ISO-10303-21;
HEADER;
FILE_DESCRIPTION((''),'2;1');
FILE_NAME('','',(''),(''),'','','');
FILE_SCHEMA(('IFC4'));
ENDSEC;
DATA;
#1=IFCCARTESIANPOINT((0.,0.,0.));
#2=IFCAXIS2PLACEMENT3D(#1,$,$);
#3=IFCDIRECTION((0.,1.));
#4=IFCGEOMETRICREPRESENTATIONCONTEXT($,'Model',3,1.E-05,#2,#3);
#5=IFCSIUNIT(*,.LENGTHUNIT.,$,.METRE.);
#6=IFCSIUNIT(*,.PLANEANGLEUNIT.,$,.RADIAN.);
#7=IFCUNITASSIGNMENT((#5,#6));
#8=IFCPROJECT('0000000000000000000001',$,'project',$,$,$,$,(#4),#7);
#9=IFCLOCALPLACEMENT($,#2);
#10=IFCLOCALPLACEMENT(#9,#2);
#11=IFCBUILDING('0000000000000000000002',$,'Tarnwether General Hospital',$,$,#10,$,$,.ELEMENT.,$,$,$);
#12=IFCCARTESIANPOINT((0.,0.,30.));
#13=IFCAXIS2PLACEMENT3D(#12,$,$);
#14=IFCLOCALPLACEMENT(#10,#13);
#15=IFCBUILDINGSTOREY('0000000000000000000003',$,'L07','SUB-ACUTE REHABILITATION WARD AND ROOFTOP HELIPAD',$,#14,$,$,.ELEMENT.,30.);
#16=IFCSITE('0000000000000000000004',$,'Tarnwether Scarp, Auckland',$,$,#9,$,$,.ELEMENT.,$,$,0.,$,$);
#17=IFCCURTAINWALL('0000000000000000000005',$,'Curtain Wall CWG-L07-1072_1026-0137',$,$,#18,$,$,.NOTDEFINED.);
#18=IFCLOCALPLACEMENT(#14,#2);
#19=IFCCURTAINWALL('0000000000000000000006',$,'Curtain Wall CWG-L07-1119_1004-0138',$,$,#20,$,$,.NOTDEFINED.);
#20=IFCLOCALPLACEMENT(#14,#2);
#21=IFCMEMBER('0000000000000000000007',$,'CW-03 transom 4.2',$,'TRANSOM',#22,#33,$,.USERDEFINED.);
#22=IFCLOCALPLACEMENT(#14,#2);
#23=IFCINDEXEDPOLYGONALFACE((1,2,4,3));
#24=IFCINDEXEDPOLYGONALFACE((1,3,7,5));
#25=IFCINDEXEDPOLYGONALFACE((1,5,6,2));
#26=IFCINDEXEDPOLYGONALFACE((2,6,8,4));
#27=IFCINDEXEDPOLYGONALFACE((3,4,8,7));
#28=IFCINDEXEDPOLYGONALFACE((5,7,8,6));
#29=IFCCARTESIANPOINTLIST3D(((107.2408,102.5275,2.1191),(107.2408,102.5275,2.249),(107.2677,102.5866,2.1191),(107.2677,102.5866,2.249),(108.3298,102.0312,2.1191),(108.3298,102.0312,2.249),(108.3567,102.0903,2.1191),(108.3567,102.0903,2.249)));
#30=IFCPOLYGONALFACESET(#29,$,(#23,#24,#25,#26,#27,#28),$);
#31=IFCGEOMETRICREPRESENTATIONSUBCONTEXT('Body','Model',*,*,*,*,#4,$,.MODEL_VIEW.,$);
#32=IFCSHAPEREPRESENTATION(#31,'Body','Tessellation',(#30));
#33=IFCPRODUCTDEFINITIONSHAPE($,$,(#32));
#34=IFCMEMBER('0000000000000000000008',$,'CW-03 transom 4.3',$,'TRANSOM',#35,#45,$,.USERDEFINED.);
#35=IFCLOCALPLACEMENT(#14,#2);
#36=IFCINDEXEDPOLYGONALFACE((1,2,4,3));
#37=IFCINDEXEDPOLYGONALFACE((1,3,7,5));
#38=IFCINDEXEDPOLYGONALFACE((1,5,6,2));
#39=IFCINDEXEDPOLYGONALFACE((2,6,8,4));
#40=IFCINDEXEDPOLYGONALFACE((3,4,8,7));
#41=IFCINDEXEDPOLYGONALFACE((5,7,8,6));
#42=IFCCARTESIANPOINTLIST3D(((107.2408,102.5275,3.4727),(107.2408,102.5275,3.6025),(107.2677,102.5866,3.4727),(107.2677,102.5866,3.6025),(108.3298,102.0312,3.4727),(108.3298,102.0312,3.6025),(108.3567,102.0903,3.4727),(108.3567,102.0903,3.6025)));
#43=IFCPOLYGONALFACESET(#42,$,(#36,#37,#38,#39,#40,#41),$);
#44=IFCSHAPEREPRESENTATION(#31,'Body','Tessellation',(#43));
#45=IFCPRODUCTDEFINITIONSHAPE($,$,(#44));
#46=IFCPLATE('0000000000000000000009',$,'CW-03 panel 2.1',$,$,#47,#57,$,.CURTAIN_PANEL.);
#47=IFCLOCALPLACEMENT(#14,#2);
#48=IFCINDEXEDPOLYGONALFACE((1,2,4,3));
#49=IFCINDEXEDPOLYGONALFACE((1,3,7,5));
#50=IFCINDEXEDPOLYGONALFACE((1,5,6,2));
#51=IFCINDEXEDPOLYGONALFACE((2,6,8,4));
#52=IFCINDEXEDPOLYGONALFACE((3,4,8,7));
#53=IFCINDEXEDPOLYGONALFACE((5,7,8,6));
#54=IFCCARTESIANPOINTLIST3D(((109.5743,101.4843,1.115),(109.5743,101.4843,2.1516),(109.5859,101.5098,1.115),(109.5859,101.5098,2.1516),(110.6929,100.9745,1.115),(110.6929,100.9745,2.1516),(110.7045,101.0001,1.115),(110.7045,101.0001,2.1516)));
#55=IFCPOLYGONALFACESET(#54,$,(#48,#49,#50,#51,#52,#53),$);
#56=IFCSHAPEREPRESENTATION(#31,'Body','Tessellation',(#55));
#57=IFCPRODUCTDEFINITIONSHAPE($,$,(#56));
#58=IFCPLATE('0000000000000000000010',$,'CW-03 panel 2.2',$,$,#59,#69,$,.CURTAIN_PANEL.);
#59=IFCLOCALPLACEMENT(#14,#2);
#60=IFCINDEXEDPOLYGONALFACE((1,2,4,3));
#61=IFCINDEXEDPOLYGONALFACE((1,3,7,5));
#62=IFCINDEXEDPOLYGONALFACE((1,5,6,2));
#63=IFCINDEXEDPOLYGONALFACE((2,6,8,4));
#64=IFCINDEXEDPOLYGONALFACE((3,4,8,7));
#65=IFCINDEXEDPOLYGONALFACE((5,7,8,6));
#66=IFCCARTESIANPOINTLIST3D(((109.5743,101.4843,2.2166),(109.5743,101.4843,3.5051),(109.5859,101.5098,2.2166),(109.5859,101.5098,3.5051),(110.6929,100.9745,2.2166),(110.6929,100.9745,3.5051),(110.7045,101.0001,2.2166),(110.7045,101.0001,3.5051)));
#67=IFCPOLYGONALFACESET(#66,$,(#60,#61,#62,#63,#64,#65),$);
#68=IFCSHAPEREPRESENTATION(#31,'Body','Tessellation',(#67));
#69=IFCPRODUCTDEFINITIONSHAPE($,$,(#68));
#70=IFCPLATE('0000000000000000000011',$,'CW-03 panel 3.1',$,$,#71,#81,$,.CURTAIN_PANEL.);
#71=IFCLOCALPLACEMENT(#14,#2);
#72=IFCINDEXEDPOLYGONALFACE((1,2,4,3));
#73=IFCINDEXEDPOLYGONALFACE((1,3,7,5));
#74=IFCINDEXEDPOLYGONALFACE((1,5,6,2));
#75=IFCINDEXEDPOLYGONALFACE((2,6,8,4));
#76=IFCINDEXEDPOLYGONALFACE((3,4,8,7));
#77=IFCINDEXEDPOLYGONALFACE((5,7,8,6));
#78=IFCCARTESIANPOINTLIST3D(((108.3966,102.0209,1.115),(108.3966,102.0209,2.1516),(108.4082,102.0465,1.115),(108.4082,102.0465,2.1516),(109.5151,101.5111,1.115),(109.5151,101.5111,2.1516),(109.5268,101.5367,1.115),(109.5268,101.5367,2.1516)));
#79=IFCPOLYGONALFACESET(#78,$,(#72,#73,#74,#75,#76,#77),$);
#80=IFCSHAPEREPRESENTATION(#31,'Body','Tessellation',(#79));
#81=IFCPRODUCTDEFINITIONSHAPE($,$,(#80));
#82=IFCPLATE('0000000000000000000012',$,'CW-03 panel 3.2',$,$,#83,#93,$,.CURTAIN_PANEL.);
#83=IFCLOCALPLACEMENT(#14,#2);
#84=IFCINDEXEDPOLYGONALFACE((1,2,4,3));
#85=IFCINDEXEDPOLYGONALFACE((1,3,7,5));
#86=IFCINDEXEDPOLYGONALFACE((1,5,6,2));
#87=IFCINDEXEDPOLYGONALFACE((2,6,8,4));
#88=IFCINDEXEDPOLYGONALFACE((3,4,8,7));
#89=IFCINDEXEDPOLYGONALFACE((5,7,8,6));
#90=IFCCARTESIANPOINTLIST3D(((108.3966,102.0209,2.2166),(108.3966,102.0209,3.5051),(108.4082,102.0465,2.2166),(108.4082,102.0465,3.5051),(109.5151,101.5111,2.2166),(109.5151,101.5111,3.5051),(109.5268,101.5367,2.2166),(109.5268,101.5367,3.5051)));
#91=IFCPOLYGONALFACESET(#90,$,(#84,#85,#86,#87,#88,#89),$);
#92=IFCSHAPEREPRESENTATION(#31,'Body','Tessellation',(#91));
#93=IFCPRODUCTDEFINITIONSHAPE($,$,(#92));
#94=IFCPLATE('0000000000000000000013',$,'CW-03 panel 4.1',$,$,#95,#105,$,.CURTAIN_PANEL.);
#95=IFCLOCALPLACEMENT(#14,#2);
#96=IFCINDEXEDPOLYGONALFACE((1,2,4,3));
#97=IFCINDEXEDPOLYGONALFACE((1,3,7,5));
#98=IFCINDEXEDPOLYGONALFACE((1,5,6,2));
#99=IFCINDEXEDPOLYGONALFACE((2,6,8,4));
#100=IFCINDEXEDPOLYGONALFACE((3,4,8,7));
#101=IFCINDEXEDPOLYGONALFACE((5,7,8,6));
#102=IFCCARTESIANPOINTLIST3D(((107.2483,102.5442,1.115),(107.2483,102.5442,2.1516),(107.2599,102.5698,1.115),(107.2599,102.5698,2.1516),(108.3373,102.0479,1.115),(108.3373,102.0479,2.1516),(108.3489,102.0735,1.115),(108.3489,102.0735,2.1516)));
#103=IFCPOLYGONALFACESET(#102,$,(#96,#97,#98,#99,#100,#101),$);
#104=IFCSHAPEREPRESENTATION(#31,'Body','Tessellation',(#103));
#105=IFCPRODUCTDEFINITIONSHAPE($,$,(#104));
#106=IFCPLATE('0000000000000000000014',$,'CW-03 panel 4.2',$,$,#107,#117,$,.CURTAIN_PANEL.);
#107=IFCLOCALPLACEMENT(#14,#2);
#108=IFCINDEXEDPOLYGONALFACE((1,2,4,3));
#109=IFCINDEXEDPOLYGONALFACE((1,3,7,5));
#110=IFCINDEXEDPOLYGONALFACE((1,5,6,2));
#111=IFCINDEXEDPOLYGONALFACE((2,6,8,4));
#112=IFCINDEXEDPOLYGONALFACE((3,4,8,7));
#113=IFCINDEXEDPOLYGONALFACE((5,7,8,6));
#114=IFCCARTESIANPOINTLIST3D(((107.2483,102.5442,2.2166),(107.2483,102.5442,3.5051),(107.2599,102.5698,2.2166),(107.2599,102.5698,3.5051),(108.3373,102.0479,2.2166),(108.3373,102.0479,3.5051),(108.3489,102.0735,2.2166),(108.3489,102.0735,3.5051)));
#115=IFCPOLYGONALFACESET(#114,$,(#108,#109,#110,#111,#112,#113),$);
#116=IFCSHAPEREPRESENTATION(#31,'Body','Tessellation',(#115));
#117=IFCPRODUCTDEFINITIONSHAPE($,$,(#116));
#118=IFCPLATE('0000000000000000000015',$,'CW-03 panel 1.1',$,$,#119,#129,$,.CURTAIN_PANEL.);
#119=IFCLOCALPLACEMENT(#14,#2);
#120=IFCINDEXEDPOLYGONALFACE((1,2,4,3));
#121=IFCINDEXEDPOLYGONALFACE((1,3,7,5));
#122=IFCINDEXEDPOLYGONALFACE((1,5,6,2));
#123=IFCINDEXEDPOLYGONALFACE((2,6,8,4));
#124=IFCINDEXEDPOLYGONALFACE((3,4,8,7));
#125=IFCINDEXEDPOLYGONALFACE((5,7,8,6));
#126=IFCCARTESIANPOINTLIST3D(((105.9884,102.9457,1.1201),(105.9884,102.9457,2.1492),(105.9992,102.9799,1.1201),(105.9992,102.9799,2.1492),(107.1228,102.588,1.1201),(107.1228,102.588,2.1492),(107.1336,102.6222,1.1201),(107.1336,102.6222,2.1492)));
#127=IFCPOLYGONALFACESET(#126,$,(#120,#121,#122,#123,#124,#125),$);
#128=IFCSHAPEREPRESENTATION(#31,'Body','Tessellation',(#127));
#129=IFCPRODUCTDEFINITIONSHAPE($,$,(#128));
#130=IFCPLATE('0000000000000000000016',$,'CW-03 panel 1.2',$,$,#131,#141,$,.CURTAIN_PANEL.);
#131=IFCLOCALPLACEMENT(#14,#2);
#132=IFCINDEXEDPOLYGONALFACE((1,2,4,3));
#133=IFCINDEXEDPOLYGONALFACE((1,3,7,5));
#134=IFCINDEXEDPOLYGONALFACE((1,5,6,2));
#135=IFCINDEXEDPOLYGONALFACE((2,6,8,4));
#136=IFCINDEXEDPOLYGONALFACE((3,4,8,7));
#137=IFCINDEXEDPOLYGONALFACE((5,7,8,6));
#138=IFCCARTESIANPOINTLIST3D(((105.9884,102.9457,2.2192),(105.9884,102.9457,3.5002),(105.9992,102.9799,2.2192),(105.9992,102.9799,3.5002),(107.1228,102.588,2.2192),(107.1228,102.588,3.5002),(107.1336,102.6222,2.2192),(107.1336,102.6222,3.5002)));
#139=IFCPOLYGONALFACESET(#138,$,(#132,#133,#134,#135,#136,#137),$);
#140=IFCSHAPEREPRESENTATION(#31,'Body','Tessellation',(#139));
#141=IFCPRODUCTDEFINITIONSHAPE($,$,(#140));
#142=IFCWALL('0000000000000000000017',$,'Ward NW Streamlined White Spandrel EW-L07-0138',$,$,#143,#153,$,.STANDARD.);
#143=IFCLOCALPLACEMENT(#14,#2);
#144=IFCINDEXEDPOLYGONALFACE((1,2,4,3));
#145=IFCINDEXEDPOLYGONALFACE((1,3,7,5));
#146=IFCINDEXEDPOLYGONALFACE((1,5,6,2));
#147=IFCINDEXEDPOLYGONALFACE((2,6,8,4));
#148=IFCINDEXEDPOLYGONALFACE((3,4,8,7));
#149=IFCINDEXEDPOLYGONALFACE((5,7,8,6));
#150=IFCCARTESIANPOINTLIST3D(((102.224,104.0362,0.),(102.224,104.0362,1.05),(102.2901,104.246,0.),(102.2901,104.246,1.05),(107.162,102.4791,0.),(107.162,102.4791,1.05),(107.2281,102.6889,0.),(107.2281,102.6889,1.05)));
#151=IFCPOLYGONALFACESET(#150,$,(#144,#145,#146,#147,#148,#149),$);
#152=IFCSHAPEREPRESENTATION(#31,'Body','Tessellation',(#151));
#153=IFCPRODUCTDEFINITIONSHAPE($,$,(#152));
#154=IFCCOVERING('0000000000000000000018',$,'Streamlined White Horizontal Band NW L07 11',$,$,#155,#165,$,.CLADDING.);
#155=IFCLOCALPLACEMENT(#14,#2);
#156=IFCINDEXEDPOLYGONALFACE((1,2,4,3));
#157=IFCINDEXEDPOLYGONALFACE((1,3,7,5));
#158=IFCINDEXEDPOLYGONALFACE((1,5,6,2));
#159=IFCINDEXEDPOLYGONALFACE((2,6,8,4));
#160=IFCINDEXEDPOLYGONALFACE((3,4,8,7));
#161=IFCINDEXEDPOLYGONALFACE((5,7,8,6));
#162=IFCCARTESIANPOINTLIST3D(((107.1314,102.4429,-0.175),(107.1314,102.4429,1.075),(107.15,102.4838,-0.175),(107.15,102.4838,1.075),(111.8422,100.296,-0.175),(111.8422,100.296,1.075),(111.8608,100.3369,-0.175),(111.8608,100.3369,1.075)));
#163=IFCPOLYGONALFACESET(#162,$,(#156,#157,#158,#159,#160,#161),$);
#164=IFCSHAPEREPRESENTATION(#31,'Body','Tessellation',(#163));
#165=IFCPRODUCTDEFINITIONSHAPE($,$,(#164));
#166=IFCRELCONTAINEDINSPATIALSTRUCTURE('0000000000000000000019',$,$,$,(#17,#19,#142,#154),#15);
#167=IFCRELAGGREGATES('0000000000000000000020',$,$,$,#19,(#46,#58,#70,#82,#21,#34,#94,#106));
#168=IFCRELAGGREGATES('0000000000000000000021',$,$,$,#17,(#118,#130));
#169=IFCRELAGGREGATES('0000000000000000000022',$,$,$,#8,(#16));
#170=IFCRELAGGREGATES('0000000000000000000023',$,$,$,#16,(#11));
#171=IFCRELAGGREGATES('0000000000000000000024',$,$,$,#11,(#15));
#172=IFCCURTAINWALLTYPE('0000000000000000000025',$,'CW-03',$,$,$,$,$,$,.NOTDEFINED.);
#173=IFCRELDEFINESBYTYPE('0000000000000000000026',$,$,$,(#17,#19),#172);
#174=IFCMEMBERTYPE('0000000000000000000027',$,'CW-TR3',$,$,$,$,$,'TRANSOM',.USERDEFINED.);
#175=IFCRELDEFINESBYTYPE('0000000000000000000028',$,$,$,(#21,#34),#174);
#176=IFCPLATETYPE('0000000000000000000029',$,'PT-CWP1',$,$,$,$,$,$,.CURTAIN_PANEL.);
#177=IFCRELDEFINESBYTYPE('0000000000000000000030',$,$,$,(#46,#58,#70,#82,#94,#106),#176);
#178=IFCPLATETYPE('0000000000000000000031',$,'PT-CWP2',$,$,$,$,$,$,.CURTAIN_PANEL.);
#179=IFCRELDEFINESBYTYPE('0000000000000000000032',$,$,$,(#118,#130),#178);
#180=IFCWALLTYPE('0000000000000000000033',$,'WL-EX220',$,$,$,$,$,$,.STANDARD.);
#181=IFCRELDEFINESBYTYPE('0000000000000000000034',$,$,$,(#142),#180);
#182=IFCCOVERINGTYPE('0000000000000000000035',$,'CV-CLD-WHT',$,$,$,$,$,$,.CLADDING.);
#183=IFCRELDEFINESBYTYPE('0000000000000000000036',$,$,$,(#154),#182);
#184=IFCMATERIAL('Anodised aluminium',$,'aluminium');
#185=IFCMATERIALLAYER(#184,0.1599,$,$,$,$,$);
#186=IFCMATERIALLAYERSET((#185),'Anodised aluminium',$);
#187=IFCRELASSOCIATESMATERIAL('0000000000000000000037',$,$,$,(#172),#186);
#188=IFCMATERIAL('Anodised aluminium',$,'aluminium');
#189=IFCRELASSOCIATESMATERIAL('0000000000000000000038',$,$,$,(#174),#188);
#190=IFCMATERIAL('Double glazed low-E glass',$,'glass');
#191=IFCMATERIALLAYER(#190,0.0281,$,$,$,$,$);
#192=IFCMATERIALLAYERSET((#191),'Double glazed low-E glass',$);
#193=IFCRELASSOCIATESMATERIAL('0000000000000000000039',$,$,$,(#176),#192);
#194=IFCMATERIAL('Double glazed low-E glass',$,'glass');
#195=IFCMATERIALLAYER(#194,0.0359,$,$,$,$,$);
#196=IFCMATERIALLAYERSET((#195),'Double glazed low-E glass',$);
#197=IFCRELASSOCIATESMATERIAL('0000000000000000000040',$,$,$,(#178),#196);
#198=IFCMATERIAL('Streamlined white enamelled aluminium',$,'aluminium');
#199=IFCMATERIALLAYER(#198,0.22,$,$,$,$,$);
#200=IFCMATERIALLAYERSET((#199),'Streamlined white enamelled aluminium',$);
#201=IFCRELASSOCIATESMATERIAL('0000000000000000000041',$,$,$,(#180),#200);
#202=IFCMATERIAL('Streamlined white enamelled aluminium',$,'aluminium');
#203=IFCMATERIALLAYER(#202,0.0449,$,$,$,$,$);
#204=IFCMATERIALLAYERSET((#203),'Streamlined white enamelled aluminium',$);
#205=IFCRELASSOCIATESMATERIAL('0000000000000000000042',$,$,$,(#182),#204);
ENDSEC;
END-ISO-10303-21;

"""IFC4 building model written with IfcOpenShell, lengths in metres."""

from ifc_helpers import new_model, si_unit, direction, frame, frame_2d, origin, origin_2d, place, context, subcontext, project, spatial, rectangle, extrude, material, layer, layer_set, material_profile, profile_set, type_object, element, aggregate, save


model = new_model("IFC4")

# Units and contexts
model_context = context("Model", 3, precision=1e-05, world=origin(), true_north=direction((0.0, 1.0)))
body_context = subcontext(model_context, "Body", "Model", "MODEL_VIEW")
ifc_project = project(units=[si_unit("LENGTHUNIT", "METRE"), si_unit("PLANEANGLEUNIT", "RADIAN")], contexts=[model_context])

# Site, building, storey
site_placement = place(None, origin())
site = spatial("IfcSite", under=ifc_project, at=site_placement, Name="Tarnwether Scarp, Auckland", CompositionType="ELEMENT", RefElevation=0.0)
building_placement = place(site_placement, origin())
building = spatial("IfcBuilding", under=site, at=building_placement, Name="Tarnwether General Hospital", CompositionType="ELEMENT")
storey_placement = place(building_placement, frame((0.0, 0.0, 30.0)))
storey = spatial("IfcBuildingStorey", under=building, at=storey_placement, Name="L07", Description="SUB-ACUTE REHABILITATION WARD AND ROOFTOP HELIPAD", CompositionType="ELEMENT", Elevation=30.0)

# Curtain wall
ifc_material_1 = material(Name="Anodised aluminium", Category="aluminium")
ifc_layer_1 = layer(ifc_material_1, 0.1599)
ifc_layer_set_1 = layer_set([ifc_layer_1], Name="Anodised aluminium")
curtain_wall_type = type_object("IfcCurtainWallType", Name="CW-03", PredefinedType="NOTDEFINED", material=ifc_layer_set_1)
curtain_wall_1_placement = place(storey_placement, origin())
curtain_wall_1 = element("IfcCurtainWall", 1, at=curtain_wall_1_placement, inside=storey, type_object=curtain_wall_type, Name="Curtain Wall CWG-L07-1072_1026-0137", PredefinedType="NOTDEFINED")

# Curtain wall
curtain_wall_2_placement = place(storey_placement, origin())
curtain_wall_2 = element("IfcCurtainWall", 2, at=curtain_wall_2_placement, inside=storey, type_object=curtain_wall_type, Name="Curtain Wall CWG-L07-1119_1004-0138", PredefinedType="NOTDEFINED")

# Members
ifc_material_2 = material(Name="Anodised aluminium", Category="aluminium")
ifc_material_profile_1 = material_profile(ifc_material_2, rectangle(XDim=0.0649, YDim=0.1299, at=origin_2d()), Name="ALU-TRN-65x130")
ifc_profile_set_1 = profile_set([ifc_material_profile_1], Name="Anodised aluminium")
member_type_1 = type_object("IfcMemberType", Name="CW-TR3", ElementType="TRANSOM", PredefinedType="USERDEFINED", material=ifc_profile_set_1)
member_1_placement = place(storey_placement, frame((108.3433, 102.0608, 2.1841), z_axis=(-0.909961, 0.414694, 0.0), x_axis=(-0.414694, -0.909961, 0.0)))
member_1 = element("IfcMember", 3, at=member_1_placement, type_object=member_type_1, Name="CW-03 transom 4.2", ObjectType="TRANSOM", PredefinedType="USERDEFINED", context=body_context, shape_type="SweptSolid", body=[
    extrude(rectangle(XDim=0.0649, YDim=0.1299, at=origin_2d()), origin(), (0.0, 0.0, 1.0), 1.1968),
])
member_2_placement = place(storey_placement, frame((108.3433, 102.0608, 3.5376), z_axis=(-0.909961, 0.414694, 0.0), x_axis=(-0.414694, -0.909961, 0.0)))
member_2 = element("IfcMember", 4, at=member_2_placement, type_object=member_type_1, Name="CW-03 transom 4.3", ObjectType="TRANSOM", PredefinedType="USERDEFINED", context=body_context, shape_type="SweptSolid", body=[
    extrude(rectangle(XDim=0.0649, YDim=0.1299, at=origin_2d()), origin(), (0.0, 0.0, 1.0), 1.1968),
])

# Plates
ifc_material_3 = material(Name="Double glazed low-E glass", Category="glass")
ifc_layer_2 = layer(ifc_material_3, 0.0281)
ifc_layer_set_2 = layer_set([ifc_layer_2], Name="Double glazed low-E glass")
plate_type_1 = type_object("IfcPlateType", Name="PT-CWP1", PredefinedType="CURTAIN_PANEL", material=ifc_layer_set_2)
plate_1_placement = place(storey_placement, frame((110.1394, 101.2422, 1.115), z_axis=(0.0, 0.0, 1.0), x_axis=(-0.909956, 0.414705, 0.0)))
plate_1 = element("IfcPlate", 5, at=plate_1_placement, type_object=plate_type_1, Name="CW-03 panel 2.1", PredefinedType="CURTAIN_PANEL", context=body_context, shape_type="SweptSolid", body=[
    extrude(rectangle(XDim=1.2292, YDim=0.0281, at=origin_2d()), origin(), (0.0, 0.0, 1.0), 1.0366),
])
plate_2_placement = place(storey_placement, frame((110.1394, 101.2422, 2.2166), z_axis=(0.0, 0.0, 1.0), x_axis=(-0.909956, 0.414705, 0.0)))
plate_2 = element("IfcPlate", 6, at=plate_2_placement, type_object=plate_type_1, Name="CW-03 panel 2.2", PredefinedType="CURTAIN_PANEL", context=body_context, shape_type="SweptSolid", body=[
    extrude(rectangle(XDim=1.2292, YDim=0.0281, at=origin_2d()), origin(), (0.0, 0.0, 1.0), 1.2886),
])
plate_3_placement = place(storey_placement, frame((108.9617, 101.7788, 1.115), z_axis=(0.0, 0.0, 1.0), x_axis=(-0.909956, 0.414705, 0.0)))
plate_3 = element("IfcPlate", 7, at=plate_3_placement, type_object=plate_type_1, Name="CW-03 panel 3.1", PredefinedType="CURTAIN_PANEL", context=body_context, shape_type="SweptSolid", body=[
    extrude(rectangle(XDim=1.2292, YDim=0.0281, at=origin_2d()), origin(), (0.0, 0.0, 1.0), 1.0366),
])
plate_4_placement = place(storey_placement, frame((108.9617, 101.7788, 2.2166), z_axis=(0.0, 0.0, 1.0), x_axis=(-0.909956, 0.414705, 0.0)))
plate_4 = element("IfcPlate", 8, at=plate_4_placement, type_object=plate_type_1, Name="CW-03 panel 3.2", PredefinedType="CURTAIN_PANEL", context=body_context, shape_type="SweptSolid", body=[
    extrude(rectangle(XDim=1.2292, YDim=0.0281, at=origin_2d()), origin(), (0.0, 0.0, 1.0), 1.2886),
])
plate_5_placement = place(storey_placement, frame((107.7986, 102.3088, 1.115), z_axis=(0.0, 0.0, 1.0), x_axis=(-0.909956, 0.414705, 0.0)))
plate_5 = element("IfcPlate", 9, at=plate_5_placement, type_object=plate_type_1, Name="CW-03 panel 4.1", PredefinedType="CURTAIN_PANEL", context=body_context, shape_type="SweptSolid", body=[
    extrude(rectangle(XDim=1.1968, YDim=0.0281, at=origin_2d()), origin(), (0.0, 0.0, 1.0), 1.0366),
])
plate_6_placement = place(storey_placement, frame((107.7986, 102.3088, 2.2166), z_axis=(0.0, 0.0, 1.0), x_axis=(-0.909956, 0.414705, 0.0)))
plate_6 = element("IfcPlate", 10, at=plate_6_placement, type_object=plate_type_1, Name="CW-03 panel 4.2", PredefinedType="CURTAIN_PANEL", context=body_context, shape_type="SweptSolid", body=[
    extrude(rectangle(XDim=1.1968, YDim=0.0281, at=origin_2d()), origin(), (0.0, 0.0, 1.0), 1.2886),
])
aggregate(curtain_wall_2, [plate_1, plate_2, plate_3, plate_4, member_1, member_2, plate_5, plate_6])
ifc_material_4 = material(Name="Double glazed low-E glass", Category="glass")
ifc_layer_3 = layer(ifc_material_4, 0.0359)
ifc_layer_set_3 = layer_set([ifc_layer_3], Name="Double glazed low-E glass")
plate_type_2 = type_object("IfcPlateType", Name="PT-CWP2", PredefinedType="CURTAIN_PANEL", material=ifc_layer_set_3)
plate_7_placement = place(storey_placement, frame((106.561, 102.7839, 1.1201), z_axis=(0.0, 0.0, 1.0), x_axis=(-0.953714, 0.300715, 0.0)))
plate_7 = element("IfcPlate", 11, at=plate_7_placement, type_object=plate_type_2, Name="CW-03 panel 1.1", PredefinedType="CURTAIN_PANEL", context=body_context, shape_type="SweptSolid", body=[
    extrude(rectangle(XDim=1.1895, YDim=0.0359, at=origin_2d()), origin(), (0.0, 0.0, 1.0), 1.0291),
])
plate_8_placement = place(storey_placement, frame((106.561, 102.7839, 2.2192), z_axis=(0.0, 0.0, 1.0), x_axis=(-0.953714, 0.300715, 0.0)))
plate_8 = element("IfcPlate", 12, at=plate_8_placement, type_object=plate_type_2, Name="CW-03 panel 1.2", PredefinedType="CURTAIN_PANEL", context=body_context, shape_type="SweptSolid", body=[
    extrude(rectangle(XDim=1.1895, YDim=0.0359, at=origin_2d()), origin(), (0.0, 0.0, 1.0), 1.281),
])
aggregate(curtain_wall_1, [plate_7, plate_8])

# Wall
ifc_material_5 = material(Name="Streamlined white enamelled aluminium", Category="aluminium")
ifc_layer_4 = layer(ifc_material_5, 0.22)
ifc_layer_set_4 = layer_set([ifc_layer_4], Name="Streamlined white enamelled aluminium")
wall_type = type_object("IfcWallType", Name="WL-EX220", PredefinedType="STANDARD", material=ifc_layer_set_4)
wall_placement = place(storey_placement, frame((107.1951, 102.584, 0.0), z_axis=(0.0, 0.0, 1.0), x_axis=(-0.953707, 0.300739, 0.0)))
element("IfcWall", 13, at=wall_placement, inside=storey, type_object=wall_type, Name="Ward NW Streamlined White Spandrel EW-L07-0138", PredefinedType="STANDARD", context=body_context, shape_type="SweptSolid", body=[
    extrude(rectangle(XDim=5.1777, YDim=0.22, at=frame_2d((2.5889, 0.0))), origin(), (0.0, 0.0, 1.0), 1.05),
])

# Covering
ifc_material_6 = material(Name="Streamlined white enamelled aluminium", Category="aluminium")
ifc_layer_5 = layer(ifc_material_6, 0.0449)
ifc_layer_set_5 = layer_set([ifc_layer_5], Name="Streamlined white enamelled aluminium")
covering_type = type_object("IfcCoveringType", Name="CV-CLD-WHT", PredefinedType="CLADDING", material=ifc_layer_set_5)
covering_placement = place(storey_placement, frame((109.4961, 101.3899, -0.175), z_axis=(0.0, 0.0, 1.0), x_axis=(-0.909954, 0.414709, 0.0)))
element("IfcCovering", 14, at=covering_placement, inside=storey, type_object=covering_type, Name="Streamlined White Horizontal Band NW L07 11", PredefinedType="CLADDING", context=body_context, shape_type="SweptSolid", body=[
    extrude(rectangle(XDim=5.177, YDim=0.0449, at=origin_2d()), origin(), (0.0, 0.0, 1.0), 1.25),
])

save(model, "model.ifc")
